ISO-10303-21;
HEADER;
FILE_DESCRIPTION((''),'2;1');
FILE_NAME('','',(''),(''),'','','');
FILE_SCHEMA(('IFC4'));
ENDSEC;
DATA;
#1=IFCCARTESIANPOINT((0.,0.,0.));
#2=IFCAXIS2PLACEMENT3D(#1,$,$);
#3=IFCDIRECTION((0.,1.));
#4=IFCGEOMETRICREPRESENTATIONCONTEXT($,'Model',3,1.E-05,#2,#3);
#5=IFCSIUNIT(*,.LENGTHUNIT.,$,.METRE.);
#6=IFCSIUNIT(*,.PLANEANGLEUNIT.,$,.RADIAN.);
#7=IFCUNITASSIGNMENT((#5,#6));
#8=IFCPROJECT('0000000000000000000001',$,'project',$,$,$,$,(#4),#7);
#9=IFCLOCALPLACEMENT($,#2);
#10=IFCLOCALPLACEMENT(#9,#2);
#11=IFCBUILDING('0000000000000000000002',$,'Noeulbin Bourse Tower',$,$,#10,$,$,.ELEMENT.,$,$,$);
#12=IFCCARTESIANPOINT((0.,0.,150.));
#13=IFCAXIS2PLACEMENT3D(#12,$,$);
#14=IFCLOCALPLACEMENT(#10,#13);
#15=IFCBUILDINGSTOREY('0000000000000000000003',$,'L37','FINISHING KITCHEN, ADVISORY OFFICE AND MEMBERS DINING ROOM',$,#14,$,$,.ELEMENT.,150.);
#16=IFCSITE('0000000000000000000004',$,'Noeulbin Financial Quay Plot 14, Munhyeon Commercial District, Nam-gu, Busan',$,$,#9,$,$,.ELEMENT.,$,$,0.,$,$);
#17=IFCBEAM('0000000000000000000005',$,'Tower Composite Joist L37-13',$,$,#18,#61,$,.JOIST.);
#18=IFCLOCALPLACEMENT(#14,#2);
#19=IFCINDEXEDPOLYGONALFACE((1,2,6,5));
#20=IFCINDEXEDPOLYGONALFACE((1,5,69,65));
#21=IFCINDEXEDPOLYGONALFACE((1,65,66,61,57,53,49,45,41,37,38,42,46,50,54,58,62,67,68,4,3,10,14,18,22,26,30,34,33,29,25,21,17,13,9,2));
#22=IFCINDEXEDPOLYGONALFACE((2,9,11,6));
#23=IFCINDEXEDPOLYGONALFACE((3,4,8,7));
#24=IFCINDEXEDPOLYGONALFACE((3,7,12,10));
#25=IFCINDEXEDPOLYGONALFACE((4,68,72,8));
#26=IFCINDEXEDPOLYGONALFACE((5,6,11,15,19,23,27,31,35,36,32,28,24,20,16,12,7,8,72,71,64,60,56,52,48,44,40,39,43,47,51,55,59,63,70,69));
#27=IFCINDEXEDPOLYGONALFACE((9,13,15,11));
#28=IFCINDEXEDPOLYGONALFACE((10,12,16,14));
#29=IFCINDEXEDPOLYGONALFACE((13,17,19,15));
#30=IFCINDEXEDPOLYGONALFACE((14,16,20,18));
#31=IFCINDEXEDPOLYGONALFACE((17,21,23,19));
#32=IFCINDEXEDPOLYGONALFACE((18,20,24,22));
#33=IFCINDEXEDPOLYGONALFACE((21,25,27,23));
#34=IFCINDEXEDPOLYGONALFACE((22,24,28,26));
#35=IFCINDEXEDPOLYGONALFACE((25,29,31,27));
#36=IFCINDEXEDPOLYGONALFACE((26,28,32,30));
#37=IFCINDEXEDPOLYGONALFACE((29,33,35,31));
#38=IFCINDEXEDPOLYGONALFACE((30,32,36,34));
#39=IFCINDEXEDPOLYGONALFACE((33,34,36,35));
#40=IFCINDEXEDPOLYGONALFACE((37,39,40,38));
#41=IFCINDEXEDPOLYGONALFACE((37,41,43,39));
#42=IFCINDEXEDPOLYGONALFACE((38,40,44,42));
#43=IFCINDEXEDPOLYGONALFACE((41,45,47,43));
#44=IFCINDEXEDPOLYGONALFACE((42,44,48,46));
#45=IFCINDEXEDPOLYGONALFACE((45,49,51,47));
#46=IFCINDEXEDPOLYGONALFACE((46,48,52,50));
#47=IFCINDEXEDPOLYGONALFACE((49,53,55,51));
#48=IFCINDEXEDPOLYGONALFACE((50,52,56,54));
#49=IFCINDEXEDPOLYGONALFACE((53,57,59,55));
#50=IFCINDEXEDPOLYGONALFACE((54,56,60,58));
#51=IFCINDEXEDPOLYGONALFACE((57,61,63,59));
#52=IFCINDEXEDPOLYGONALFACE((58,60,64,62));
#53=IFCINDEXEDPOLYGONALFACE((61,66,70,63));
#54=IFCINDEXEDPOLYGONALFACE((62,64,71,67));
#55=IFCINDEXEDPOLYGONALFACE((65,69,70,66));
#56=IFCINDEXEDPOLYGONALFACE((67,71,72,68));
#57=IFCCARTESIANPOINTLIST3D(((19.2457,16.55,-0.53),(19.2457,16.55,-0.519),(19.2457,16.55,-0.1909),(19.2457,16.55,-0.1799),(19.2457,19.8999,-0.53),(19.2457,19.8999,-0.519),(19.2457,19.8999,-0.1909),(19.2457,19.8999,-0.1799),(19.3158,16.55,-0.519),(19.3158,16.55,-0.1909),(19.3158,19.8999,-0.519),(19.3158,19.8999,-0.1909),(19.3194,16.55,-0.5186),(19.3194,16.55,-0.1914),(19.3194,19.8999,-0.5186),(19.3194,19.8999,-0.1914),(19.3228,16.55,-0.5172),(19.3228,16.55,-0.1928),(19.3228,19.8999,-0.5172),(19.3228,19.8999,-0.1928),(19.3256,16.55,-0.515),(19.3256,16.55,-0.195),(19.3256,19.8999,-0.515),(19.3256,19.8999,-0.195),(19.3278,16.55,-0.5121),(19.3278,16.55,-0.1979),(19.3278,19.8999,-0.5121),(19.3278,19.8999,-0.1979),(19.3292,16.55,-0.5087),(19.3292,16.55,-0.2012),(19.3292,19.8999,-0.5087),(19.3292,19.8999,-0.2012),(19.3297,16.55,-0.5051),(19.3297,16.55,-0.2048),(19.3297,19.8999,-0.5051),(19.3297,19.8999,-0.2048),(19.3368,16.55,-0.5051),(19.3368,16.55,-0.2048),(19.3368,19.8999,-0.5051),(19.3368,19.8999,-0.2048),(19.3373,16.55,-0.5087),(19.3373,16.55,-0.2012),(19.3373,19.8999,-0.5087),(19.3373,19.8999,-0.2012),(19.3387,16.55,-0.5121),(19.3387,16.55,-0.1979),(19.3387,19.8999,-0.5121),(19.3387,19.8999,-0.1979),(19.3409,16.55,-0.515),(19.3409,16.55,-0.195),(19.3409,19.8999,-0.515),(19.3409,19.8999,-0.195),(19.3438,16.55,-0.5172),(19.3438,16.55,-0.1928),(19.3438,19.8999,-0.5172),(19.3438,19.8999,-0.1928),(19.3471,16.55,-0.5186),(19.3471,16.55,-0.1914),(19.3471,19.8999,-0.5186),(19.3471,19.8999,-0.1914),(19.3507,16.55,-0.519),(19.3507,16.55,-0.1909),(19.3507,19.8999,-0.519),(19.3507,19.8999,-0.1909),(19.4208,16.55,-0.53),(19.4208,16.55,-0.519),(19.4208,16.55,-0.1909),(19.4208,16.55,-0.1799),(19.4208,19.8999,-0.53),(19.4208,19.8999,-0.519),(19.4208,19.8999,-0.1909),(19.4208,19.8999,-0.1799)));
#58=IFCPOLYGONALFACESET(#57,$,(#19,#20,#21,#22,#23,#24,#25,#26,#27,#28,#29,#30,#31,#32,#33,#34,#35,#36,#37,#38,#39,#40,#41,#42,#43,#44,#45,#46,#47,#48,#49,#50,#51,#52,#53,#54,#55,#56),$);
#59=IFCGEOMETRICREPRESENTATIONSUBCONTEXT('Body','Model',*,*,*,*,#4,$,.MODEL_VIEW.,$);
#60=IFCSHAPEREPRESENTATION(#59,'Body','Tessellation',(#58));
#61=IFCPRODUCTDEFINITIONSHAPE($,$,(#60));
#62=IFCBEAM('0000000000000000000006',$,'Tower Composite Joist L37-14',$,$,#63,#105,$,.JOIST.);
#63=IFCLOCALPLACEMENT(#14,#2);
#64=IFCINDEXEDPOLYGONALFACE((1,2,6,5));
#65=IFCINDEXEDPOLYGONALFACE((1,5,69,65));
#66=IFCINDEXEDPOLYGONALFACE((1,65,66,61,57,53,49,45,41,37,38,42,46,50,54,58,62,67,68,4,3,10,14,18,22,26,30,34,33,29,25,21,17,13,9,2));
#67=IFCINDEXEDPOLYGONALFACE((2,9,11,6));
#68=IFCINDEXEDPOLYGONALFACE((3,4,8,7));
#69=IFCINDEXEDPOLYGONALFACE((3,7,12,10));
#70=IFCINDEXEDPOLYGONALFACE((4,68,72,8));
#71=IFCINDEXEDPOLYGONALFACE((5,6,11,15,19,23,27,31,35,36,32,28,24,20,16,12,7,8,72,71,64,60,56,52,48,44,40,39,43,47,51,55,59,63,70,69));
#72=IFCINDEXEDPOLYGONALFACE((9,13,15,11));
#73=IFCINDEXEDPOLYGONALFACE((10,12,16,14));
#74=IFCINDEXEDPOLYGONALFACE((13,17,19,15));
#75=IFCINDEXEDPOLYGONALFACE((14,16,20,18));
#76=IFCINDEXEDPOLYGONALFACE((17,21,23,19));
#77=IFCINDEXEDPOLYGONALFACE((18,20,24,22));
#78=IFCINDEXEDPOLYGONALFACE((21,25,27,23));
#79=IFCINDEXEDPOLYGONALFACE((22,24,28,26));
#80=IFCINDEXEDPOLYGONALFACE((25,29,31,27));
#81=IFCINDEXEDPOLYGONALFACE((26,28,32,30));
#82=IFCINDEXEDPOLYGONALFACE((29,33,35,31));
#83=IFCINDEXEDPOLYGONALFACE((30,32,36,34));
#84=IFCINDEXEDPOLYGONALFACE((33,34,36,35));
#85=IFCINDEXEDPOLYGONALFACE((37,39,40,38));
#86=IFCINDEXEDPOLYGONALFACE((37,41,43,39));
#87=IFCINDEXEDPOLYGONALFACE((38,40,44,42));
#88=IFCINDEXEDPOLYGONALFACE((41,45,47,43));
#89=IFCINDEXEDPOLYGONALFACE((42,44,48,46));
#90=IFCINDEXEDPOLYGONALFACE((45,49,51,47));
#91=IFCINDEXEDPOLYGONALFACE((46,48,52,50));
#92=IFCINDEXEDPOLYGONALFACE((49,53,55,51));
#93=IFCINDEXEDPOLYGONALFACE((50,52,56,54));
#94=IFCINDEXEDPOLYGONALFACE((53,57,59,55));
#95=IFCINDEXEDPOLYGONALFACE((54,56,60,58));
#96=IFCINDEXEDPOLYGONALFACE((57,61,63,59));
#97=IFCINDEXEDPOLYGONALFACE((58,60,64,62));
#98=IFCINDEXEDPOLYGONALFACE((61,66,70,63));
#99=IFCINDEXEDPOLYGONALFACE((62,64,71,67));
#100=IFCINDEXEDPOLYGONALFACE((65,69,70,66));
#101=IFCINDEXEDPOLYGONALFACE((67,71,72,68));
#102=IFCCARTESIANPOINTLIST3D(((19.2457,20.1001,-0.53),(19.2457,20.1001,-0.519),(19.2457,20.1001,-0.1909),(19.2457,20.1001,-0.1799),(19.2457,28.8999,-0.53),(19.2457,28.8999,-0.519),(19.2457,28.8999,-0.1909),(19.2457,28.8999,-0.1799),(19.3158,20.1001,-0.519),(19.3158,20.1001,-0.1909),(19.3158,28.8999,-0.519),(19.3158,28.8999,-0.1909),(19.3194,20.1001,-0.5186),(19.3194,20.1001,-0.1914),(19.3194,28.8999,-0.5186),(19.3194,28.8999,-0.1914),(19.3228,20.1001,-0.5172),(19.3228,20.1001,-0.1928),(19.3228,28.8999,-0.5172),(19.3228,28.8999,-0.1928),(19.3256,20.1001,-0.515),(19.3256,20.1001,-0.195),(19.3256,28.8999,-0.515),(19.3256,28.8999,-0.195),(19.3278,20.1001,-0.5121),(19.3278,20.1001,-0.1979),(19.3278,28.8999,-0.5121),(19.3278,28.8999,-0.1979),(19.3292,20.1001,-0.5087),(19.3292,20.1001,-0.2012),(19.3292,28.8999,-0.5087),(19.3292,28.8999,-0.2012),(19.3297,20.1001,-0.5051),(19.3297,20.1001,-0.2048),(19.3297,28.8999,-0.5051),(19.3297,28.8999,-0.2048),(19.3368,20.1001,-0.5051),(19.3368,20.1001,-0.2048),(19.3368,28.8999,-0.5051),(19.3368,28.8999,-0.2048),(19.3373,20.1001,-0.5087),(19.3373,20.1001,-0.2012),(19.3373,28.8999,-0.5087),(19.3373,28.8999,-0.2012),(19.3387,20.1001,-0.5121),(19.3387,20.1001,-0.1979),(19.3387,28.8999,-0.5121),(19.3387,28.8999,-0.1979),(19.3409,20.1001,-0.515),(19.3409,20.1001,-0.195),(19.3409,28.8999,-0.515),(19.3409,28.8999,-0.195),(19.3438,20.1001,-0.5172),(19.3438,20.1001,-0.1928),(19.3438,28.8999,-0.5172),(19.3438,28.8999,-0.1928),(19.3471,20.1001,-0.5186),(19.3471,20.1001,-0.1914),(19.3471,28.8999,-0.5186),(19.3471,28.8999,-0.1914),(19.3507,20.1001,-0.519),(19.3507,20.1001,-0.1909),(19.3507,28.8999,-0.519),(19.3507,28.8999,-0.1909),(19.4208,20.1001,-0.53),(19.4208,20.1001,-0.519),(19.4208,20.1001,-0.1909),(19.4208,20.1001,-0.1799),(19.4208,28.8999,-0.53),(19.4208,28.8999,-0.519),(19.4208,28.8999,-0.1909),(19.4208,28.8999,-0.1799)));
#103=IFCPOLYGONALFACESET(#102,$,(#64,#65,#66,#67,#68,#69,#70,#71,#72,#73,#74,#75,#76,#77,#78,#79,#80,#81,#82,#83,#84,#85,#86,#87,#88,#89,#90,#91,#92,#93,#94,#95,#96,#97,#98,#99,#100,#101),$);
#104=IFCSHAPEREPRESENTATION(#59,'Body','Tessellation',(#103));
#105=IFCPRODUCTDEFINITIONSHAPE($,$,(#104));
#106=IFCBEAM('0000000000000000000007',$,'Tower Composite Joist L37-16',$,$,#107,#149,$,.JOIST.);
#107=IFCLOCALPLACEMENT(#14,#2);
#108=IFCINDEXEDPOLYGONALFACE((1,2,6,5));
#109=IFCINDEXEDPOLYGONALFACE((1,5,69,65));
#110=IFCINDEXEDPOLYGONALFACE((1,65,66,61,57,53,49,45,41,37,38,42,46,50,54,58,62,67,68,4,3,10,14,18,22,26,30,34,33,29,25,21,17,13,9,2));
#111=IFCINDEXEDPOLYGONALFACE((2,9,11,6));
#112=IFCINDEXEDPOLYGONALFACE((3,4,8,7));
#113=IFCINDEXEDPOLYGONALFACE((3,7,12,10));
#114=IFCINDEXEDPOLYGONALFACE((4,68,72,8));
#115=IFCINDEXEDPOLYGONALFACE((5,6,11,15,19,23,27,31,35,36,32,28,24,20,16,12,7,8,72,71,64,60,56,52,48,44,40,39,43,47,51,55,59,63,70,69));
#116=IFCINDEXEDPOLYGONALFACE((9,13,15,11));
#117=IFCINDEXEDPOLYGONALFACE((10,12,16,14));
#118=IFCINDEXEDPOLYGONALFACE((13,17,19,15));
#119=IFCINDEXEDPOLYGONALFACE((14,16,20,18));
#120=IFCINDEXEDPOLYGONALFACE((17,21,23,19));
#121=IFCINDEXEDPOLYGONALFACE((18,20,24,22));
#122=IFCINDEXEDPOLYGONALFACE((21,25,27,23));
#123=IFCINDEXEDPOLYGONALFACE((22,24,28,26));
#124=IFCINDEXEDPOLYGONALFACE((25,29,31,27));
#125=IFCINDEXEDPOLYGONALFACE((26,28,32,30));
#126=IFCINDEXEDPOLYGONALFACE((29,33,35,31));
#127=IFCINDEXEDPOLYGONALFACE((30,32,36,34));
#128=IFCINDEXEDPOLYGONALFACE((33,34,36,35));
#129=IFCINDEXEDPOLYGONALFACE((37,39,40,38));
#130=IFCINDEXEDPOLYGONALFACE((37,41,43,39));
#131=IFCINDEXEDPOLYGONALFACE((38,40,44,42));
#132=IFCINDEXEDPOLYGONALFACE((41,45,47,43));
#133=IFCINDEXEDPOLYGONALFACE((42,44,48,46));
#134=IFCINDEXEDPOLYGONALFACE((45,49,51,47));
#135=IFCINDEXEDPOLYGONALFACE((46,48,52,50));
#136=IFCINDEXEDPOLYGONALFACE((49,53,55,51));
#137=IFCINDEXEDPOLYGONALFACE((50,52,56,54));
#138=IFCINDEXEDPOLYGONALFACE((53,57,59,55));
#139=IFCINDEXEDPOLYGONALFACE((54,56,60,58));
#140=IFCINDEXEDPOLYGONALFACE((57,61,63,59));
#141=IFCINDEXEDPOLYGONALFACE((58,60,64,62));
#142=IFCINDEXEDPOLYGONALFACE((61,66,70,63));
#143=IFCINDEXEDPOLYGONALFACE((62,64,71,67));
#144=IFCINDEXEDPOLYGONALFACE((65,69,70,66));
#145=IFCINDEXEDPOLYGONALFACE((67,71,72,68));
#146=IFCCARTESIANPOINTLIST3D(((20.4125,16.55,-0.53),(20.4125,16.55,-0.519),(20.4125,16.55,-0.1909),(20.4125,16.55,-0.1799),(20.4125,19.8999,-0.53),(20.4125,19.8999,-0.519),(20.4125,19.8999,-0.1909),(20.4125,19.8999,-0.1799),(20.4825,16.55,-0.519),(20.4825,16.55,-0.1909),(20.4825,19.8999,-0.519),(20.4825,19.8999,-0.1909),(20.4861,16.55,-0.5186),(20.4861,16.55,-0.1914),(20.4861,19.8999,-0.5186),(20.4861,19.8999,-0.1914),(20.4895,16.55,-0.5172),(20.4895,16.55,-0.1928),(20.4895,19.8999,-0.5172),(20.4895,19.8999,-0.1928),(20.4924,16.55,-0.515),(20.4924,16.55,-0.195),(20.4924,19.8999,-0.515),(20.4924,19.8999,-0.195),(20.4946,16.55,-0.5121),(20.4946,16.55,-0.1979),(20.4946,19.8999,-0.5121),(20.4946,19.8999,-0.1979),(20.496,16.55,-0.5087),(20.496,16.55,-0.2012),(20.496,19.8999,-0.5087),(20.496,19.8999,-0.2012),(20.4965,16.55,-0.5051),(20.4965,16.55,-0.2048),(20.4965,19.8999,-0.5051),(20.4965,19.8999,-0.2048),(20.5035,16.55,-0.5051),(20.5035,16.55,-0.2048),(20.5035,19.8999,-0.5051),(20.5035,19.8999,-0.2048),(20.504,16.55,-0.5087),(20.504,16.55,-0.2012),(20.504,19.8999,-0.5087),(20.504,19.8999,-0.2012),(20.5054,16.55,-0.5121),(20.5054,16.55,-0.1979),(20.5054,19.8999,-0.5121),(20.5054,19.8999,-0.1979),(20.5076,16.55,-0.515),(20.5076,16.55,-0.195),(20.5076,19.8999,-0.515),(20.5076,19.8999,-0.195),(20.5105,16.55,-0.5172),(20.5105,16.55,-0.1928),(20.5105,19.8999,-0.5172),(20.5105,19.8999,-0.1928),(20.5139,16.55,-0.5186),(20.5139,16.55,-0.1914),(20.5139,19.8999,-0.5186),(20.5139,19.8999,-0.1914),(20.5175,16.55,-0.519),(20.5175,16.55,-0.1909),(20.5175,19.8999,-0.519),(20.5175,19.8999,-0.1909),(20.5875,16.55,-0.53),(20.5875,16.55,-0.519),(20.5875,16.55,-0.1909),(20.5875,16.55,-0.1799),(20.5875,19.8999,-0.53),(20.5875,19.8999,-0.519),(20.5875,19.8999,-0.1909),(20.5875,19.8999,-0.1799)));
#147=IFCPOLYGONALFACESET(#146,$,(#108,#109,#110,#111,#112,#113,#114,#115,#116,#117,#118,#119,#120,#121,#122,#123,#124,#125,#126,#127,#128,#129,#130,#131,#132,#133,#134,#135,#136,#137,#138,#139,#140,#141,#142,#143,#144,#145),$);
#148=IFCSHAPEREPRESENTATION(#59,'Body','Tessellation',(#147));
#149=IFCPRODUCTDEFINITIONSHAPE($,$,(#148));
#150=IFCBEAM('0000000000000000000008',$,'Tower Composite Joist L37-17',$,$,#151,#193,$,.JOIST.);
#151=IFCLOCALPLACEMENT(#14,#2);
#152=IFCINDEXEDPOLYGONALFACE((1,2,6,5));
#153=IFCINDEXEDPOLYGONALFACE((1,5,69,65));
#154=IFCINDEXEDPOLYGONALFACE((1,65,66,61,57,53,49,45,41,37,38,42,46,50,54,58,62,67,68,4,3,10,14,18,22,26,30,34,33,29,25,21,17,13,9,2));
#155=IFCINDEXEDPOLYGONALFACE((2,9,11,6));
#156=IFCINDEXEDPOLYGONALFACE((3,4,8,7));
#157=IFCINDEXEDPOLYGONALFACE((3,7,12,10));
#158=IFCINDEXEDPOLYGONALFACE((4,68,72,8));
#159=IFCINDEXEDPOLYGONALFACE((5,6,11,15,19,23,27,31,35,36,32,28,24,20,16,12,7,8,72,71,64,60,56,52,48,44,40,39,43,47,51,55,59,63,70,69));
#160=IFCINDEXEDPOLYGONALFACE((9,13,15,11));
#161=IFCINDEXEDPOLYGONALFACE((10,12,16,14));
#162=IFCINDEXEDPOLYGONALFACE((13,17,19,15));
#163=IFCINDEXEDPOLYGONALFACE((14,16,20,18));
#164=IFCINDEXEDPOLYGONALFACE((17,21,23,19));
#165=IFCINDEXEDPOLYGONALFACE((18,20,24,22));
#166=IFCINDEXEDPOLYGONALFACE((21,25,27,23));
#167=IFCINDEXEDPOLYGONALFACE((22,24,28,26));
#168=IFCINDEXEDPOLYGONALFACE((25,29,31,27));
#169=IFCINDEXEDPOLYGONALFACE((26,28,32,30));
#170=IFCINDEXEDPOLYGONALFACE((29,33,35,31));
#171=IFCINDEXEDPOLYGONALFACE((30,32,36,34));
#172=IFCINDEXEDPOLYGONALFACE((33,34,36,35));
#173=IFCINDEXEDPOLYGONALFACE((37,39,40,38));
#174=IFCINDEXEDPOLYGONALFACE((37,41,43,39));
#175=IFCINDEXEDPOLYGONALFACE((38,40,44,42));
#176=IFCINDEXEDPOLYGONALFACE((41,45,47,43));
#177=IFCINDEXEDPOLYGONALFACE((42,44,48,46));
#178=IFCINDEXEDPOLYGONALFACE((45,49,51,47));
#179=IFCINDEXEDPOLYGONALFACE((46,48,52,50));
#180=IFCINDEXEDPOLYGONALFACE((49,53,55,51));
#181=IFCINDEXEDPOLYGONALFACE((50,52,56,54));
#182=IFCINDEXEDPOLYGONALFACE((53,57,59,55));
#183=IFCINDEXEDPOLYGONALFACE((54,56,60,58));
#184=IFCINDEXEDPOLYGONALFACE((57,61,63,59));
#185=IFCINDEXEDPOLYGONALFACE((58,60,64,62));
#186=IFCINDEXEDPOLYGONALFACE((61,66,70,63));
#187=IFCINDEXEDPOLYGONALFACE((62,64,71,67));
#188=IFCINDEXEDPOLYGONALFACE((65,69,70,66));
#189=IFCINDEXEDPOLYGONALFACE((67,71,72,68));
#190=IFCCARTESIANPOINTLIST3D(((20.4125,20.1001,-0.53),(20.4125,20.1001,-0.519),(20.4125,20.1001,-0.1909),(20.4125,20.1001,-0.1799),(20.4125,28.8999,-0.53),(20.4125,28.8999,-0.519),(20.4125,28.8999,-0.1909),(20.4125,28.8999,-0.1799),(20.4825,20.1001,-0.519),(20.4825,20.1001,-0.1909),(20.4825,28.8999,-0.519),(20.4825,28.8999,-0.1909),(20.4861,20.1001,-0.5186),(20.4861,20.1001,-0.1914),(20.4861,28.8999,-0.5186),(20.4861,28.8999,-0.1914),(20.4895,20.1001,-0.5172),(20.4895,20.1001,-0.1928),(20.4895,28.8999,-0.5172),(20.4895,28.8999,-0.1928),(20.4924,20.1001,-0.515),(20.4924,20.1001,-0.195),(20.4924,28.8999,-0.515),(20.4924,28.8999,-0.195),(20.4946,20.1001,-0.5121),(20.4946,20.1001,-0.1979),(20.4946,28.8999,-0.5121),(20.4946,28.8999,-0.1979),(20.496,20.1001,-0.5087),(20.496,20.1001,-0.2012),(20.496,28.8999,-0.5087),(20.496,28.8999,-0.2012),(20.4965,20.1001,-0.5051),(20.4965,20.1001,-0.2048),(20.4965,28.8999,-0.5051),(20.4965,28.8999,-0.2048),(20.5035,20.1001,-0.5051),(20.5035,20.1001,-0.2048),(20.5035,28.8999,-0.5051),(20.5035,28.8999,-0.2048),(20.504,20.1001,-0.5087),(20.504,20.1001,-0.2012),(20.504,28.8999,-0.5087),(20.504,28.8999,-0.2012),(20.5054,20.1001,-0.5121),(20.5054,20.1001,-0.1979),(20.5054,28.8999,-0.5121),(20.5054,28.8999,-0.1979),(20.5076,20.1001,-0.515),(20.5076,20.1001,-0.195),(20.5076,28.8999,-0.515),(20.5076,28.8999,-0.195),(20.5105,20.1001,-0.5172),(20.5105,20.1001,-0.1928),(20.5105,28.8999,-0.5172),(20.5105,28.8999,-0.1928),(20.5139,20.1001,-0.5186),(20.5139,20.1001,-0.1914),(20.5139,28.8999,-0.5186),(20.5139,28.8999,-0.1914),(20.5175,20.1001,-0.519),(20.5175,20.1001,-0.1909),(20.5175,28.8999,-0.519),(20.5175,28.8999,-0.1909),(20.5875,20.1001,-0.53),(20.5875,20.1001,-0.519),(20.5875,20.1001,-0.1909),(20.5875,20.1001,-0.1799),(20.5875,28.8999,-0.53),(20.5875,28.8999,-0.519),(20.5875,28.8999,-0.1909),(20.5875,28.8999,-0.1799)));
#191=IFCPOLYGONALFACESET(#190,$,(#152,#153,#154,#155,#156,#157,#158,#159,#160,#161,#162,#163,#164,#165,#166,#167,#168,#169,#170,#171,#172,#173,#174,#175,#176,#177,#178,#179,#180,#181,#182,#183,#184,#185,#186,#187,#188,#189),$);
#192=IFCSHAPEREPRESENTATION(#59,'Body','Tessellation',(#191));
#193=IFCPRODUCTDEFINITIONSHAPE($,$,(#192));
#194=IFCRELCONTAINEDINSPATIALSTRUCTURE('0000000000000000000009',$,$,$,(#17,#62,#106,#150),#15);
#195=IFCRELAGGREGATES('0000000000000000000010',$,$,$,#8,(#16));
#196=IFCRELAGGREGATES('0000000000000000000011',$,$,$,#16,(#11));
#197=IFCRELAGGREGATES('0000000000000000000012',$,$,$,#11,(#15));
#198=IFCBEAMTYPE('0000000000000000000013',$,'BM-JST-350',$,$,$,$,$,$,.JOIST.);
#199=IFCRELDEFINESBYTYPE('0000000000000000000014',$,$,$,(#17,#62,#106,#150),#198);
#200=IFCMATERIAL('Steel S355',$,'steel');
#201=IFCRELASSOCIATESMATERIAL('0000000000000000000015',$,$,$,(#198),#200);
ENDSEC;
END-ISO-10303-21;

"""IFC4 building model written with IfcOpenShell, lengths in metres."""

from ifc_helpers import new_model, si_unit, direction, frame, origin, origin_2d, place, context, subcontext, project, spatial, i_section, extrude, material, material_profile, profile_set, type_object, element, save


model = new_model("IFC4")

# Units and contexts
model_context = context("Model", 3, precision=1e-05, world=origin(), true_north=direction((0.0, 1.0)))
body_context = subcontext(model_context, "Body", "Model", "MODEL_VIEW")
ifc_project = project(units=[si_unit("LENGTHUNIT", "METRE"), si_unit("PLANEANGLEUNIT", "RADIAN")], contexts=[model_context])

# Site, building, storey
site_placement = place(None, origin())
site = spatial("IfcSite", under=ifc_project, at=site_placement, Name="Noeulbin Financial Quay Plot 14, Munhyeon Commercial District, Nam-gu, Busan", CompositionType="ELEMENT", RefElevation=0.0)
building_placement = place(site_placement, origin())
building = spatial("IfcBuilding", under=site, at=building_placement, Name="Noeulbin Bourse Tower", CompositionType="ELEMENT")
storey_placement = place(building_placement, frame((0.0, 0.0, 150.0)))
storey = spatial("IfcBuildingStorey", under=building, at=storey_placement, Name="L37", Description="FINISHING KITCHEN, ADVISORY OFFICE AND MEMBERS DINING ROOM", CompositionType="ELEMENT", Elevation=150.0)

# Shared definitions
ifc_material_1 = material(Name="Steel S355", Category="steel")

# Beams
ifc_material_profile_1 = material_profile(ifc_material_1, i_section(OverallWidth=0.175, OverallDepth=0.3501, WebThickness=0.0071, FlangeThickness=0.011, FilletRadius=0.0139, at=origin_2d()), Name="H-350x175x7x11", Category="LoadBearing")
ifc_profile_set_1 = profile_set([ifc_material_profile_1], Name="Steel S355")
beam_type_1 = type_object("IfcBeamType", Name="BM-JST-350", PredefinedType="JOIST", material=ifc_profile_set_1)
beam_1_placement = place(storey_placement, frame((19.3333, 16.55, -0.355), z_axis=(0.0, 1.0, 0.0), x_axis=(-1.0, 0.0, 0.0)))
element("IfcBeam", 1, at=beam_1_placement, inside=storey, type_object=beam_type_1, Name="Tower Composite Joist L37-13", PredefinedType="JOIST", context=body_context, shape_type="SweptSolid", body=[
    extrude(i_section(OverallWidth=0.175, OverallDepth=0.3501, WebThickness=0.0071, FlangeThickness=0.011, FilletRadius=0.0139, at=origin_2d()), origin(), (0.0, 0.0, 1.0), 3.3499),
])
beam_2_placement = place(storey_placement, frame((19.3333, 20.1001, -0.355), z_axis=(0.0, 1.0, 0.0), x_axis=(-1.0, 0.0, 0.0)))
element("IfcBeam", 2, at=beam_2_placement, inside=storey, type_object=beam_type_1, Name="Tower Composite Joist L37-14", PredefinedType="JOIST", context=body_context, shape_type="SweptSolid", body=[
    extrude(i_section(OverallWidth=0.175, OverallDepth=0.3501, WebThickness=0.0071, FlangeThickness=0.011, FilletRadius=0.0139, at=origin_2d()), origin(), (0.0, 0.0, 1.0), 8.7998),
])
beam_3_placement = place(storey_placement, frame((20.5, 16.55, -0.355), z_axis=(0.0, 1.0, 0.0), x_axis=(-1.0, 0.0, 0.0)))
element("IfcBeam", 3, at=beam_3_placement, inside=storey, type_object=beam_type_1, Name="Tower Composite Joist L37-16", PredefinedType="JOIST", context=body_context, shape_type="SweptSolid", body=[
    extrude(i_section(OverallWidth=0.175, OverallDepth=0.3501, WebThickness=0.0071, FlangeThickness=0.011, FilletRadius=0.0139, at=origin_2d()), origin(), (0.0, 0.0, 1.0), 3.3499),
])
beam_4_placement = place(storey_placement, frame((20.5, 20.1001, -0.355), z_axis=(0.0, 1.0, 0.0), x_axis=(-1.0, 0.0, 0.0)))
element("IfcBeam", 4, at=beam_4_placement, inside=storey, type_object=beam_type_1, Name="Tower Composite Joist L37-17", PredefinedType="JOIST", context=body_context, shape_type="SweptSolid", body=[
    extrude(i_section(OverallWidth=0.175, OverallDepth=0.3501, WebThickness=0.0071, FlangeThickness=0.011, FilletRadius=0.0139, at=origin_2d()), origin(), (0.0, 0.0, 1.0), 8.7998),
])

save(model, "model.ifc")
